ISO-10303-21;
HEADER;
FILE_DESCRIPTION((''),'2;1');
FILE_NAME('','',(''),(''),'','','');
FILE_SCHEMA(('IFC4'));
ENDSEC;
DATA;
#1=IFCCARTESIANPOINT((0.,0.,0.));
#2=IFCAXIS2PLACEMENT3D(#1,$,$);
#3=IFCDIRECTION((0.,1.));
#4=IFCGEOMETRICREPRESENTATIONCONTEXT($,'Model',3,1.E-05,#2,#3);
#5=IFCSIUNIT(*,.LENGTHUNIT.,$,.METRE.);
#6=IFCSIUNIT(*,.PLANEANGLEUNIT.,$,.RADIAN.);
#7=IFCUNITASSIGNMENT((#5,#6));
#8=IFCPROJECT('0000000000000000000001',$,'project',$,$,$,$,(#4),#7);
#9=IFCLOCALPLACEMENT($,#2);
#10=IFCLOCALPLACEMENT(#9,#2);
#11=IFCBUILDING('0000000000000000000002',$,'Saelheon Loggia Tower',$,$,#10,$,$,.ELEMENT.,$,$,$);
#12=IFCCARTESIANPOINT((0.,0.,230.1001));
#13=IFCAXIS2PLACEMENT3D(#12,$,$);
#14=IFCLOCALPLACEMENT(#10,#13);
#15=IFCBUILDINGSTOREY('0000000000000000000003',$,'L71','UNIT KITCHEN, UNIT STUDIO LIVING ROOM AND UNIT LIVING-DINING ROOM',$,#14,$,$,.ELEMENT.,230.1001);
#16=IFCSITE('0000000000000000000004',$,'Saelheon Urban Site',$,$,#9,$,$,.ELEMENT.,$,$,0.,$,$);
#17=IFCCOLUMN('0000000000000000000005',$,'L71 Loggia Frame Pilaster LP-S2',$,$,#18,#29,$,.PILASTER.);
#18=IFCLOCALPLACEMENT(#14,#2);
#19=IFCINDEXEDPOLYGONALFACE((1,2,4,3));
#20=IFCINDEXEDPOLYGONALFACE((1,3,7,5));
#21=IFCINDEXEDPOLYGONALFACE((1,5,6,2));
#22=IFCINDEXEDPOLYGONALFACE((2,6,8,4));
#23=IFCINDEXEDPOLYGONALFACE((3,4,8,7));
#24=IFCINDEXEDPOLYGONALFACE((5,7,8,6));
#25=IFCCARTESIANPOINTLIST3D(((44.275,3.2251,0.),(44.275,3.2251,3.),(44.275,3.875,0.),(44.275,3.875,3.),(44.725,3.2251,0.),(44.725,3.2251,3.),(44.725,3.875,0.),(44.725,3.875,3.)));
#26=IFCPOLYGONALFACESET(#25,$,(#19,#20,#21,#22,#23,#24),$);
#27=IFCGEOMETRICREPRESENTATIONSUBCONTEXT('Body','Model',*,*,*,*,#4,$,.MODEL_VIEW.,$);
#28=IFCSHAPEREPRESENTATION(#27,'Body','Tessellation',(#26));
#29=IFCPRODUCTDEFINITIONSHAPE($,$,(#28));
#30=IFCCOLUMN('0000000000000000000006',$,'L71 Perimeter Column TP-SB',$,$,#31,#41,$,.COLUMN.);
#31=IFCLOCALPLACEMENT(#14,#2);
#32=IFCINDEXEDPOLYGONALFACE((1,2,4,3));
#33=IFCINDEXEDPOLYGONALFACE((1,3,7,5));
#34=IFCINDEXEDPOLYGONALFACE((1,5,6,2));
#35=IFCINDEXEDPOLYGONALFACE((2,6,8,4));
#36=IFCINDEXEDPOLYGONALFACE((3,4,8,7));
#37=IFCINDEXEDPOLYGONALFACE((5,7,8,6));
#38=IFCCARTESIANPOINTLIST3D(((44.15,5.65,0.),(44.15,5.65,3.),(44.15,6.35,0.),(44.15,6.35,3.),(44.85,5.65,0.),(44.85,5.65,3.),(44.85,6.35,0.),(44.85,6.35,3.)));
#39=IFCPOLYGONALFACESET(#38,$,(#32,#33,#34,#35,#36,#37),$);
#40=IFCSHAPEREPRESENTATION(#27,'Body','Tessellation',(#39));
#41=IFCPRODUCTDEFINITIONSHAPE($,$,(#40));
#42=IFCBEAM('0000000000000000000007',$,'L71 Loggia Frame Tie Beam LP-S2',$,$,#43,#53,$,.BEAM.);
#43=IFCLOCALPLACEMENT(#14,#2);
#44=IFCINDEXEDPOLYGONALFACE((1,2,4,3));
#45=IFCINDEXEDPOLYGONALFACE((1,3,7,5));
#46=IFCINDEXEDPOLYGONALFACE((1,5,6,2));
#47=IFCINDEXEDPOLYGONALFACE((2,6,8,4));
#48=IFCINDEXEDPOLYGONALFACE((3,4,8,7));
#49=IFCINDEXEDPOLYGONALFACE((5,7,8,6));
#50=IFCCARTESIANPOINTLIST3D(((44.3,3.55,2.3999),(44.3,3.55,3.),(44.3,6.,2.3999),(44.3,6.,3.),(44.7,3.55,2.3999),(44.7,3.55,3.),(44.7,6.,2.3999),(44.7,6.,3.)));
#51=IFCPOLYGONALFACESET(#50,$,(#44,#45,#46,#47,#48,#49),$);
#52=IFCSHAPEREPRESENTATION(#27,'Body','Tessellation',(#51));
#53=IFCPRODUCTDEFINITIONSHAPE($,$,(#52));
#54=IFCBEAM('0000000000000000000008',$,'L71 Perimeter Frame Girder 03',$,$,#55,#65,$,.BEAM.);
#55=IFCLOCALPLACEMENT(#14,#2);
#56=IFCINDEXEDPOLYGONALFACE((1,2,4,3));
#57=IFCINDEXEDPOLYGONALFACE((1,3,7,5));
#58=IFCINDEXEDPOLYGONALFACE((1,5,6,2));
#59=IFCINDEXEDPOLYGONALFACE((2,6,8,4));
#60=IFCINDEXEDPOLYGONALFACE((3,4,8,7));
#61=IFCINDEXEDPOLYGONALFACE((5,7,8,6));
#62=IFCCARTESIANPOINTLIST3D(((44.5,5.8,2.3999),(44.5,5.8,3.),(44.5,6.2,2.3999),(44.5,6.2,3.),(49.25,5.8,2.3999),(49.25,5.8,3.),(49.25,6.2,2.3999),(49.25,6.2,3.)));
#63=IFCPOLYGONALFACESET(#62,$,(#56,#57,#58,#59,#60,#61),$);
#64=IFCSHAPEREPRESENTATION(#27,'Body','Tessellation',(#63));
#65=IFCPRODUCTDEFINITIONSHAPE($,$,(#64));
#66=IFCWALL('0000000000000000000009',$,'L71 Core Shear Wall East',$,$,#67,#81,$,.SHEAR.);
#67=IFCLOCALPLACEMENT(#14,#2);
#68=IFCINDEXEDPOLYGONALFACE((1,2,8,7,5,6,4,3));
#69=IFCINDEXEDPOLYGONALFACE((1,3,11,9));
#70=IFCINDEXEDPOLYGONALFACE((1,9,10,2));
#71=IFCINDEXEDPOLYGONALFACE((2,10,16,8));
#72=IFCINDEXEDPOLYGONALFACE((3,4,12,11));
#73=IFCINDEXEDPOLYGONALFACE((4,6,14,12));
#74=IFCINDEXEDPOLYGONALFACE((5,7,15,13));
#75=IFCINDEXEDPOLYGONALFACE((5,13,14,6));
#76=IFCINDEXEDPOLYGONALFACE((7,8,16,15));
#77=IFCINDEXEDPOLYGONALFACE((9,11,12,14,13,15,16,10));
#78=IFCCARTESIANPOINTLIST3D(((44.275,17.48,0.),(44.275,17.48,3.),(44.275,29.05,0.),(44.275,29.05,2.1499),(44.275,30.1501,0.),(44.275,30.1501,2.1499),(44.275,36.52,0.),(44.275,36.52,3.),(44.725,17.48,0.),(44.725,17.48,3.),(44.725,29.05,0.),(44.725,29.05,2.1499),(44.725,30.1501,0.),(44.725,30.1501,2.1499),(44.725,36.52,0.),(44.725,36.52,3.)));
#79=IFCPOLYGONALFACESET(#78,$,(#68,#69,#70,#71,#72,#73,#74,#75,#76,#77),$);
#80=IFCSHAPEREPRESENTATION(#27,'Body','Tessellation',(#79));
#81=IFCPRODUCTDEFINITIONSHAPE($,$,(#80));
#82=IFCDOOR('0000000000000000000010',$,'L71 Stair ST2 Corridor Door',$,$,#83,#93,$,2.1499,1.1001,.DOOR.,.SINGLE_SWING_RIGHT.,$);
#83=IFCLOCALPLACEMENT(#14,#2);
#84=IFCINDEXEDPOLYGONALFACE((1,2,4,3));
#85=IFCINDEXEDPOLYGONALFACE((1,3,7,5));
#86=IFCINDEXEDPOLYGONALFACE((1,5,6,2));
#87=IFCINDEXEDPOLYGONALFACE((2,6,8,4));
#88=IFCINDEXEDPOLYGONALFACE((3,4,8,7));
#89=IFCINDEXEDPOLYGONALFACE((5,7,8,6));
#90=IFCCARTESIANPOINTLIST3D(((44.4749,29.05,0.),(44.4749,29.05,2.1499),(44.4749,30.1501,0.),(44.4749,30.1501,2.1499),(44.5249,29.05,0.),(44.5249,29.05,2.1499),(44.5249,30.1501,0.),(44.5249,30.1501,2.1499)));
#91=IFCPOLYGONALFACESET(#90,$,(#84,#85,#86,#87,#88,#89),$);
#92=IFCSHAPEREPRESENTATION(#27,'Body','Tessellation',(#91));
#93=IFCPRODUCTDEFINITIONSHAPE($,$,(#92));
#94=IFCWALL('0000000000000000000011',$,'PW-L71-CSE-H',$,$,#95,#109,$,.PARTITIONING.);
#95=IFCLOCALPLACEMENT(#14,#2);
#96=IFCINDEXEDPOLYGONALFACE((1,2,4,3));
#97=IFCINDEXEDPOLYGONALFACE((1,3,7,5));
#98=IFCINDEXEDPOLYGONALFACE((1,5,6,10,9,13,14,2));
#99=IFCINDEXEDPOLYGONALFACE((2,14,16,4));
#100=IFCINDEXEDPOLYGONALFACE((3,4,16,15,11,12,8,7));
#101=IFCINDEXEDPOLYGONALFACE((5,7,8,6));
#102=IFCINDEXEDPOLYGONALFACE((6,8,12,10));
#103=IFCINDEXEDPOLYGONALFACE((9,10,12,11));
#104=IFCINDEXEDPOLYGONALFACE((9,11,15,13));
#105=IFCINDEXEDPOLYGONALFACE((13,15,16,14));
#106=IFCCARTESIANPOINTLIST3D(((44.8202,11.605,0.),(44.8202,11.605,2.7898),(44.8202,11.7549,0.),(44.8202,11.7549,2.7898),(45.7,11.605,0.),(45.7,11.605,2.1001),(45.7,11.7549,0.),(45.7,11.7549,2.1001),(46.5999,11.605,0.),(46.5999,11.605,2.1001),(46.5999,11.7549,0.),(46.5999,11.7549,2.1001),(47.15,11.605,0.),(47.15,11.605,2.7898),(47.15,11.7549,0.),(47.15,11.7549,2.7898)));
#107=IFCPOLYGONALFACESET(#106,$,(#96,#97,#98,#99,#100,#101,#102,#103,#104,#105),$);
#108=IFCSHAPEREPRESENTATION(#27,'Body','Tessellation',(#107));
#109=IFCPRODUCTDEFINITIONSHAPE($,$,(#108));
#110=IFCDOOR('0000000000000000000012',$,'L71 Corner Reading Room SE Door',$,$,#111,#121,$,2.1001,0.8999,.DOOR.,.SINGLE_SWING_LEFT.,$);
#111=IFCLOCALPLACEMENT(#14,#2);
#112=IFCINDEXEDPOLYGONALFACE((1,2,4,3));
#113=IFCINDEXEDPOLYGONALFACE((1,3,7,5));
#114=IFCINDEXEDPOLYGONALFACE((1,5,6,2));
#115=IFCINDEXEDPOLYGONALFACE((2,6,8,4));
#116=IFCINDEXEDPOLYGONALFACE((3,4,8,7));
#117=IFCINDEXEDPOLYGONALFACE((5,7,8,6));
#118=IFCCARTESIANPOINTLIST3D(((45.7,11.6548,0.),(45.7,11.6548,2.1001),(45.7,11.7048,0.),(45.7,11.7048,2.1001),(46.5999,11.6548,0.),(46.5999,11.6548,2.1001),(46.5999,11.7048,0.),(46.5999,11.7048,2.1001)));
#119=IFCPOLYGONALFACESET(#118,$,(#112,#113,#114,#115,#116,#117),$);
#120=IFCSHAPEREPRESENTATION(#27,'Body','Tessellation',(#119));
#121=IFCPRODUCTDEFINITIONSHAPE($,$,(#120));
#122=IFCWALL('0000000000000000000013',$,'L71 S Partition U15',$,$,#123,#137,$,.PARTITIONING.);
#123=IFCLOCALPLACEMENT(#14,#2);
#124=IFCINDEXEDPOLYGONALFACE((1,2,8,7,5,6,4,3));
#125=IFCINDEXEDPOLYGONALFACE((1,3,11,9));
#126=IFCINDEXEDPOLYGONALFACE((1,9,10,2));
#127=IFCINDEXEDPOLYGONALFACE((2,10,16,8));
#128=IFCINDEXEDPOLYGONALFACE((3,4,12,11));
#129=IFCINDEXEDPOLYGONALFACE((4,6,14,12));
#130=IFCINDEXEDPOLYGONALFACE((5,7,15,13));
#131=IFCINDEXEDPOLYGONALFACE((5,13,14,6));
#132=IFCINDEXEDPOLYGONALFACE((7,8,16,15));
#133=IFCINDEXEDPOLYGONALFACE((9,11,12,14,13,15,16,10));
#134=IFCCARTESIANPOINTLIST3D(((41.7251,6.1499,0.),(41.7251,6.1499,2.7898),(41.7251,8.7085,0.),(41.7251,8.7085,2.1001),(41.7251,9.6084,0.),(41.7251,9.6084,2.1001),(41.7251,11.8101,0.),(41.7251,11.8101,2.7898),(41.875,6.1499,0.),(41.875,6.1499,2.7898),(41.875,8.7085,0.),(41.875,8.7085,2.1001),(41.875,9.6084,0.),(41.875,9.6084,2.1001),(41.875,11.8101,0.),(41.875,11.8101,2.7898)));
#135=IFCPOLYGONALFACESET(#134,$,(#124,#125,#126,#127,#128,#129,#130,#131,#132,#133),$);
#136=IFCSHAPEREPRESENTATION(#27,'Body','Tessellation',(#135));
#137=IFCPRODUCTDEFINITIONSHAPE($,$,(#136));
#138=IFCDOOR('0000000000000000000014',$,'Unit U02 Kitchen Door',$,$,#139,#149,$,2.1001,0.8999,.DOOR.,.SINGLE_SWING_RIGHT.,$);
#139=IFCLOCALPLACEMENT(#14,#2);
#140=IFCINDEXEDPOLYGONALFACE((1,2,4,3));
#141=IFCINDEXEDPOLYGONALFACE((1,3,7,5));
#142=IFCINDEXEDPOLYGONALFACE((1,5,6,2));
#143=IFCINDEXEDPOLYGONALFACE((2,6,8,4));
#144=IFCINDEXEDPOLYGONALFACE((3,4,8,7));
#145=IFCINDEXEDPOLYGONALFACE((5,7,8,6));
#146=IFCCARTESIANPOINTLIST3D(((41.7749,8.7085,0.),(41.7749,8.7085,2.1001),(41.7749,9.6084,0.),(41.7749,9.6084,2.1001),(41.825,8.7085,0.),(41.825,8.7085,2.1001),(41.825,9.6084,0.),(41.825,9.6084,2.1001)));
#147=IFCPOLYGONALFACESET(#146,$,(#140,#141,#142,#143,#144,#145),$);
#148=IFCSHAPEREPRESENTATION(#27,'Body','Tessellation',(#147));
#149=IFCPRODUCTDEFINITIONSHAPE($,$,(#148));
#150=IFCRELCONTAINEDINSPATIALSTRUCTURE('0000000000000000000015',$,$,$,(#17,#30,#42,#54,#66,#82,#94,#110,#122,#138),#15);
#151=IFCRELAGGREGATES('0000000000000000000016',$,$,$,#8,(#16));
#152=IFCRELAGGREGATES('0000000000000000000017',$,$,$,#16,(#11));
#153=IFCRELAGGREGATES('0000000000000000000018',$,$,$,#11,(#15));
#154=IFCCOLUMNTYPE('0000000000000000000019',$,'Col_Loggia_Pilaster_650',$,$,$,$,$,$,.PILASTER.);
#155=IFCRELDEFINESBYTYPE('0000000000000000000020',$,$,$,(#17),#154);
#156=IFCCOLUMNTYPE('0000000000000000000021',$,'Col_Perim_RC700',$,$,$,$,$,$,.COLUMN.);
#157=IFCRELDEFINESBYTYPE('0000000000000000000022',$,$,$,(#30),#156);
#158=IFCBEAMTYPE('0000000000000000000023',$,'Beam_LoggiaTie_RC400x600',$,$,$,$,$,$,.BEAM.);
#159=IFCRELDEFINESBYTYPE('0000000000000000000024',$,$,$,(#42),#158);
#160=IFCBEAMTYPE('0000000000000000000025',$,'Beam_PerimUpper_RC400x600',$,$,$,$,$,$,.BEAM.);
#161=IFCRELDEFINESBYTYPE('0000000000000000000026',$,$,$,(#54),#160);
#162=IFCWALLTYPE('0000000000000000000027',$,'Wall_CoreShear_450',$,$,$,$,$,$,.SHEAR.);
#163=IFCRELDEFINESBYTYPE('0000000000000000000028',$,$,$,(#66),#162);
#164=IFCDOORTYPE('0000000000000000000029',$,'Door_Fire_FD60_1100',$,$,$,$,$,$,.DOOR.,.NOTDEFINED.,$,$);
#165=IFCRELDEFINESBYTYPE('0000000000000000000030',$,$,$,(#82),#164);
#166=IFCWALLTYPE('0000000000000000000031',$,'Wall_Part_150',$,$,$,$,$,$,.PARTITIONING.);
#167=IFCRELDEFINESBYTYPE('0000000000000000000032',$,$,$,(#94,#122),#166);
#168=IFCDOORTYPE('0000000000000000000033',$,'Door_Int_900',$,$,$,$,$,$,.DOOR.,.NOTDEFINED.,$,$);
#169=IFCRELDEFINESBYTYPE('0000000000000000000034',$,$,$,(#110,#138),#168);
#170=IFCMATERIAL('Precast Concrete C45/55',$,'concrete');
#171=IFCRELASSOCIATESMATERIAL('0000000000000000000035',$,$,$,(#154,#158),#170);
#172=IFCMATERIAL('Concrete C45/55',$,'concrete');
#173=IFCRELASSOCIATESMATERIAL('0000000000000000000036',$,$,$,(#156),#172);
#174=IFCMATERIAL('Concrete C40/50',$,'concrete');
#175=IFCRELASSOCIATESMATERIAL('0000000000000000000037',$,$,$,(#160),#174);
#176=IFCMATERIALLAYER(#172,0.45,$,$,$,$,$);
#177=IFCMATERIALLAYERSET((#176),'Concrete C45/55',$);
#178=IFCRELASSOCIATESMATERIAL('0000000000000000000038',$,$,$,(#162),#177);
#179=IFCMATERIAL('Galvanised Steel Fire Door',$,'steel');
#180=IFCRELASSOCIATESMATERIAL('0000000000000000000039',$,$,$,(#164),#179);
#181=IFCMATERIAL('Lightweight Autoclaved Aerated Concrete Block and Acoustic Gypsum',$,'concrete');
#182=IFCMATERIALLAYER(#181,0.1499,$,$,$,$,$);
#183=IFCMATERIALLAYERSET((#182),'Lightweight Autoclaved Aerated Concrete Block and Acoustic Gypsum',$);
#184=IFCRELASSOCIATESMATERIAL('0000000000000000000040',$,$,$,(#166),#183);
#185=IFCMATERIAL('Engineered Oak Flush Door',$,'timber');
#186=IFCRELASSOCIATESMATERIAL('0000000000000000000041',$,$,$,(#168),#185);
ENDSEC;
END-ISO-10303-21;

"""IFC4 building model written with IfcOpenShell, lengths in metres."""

from ifc_helpers import new_model, si_unit, direction, frame, frame_2d, origin, origin_2d, place, context, subcontext, project, spatial, rectangle, extrude, source, transform, mapped, material, layer, layer_set, material_profile, profile_set, type_object, element, fill, save


model = new_model("IFC4")

# Units and contexts
model_context = context("Model", 3, precision=1e-05, world=origin(), true_north=direction((0.0, 1.0)))
body_context = subcontext(model_context, "Body", "Model", "MODEL_VIEW")
ifc_project = project(units=[si_unit("LENGTHUNIT", "METRE"), si_unit("PLANEANGLEUNIT", "RADIAN")], contexts=[model_context])

# Site, building, storey
site_placement = place(None, origin())
site = spatial("IfcSite", under=ifc_project, at=site_placement, Name="Saelheon Urban Site", CompositionType="ELEMENT", RefElevation=0.0)
building_placement = place(site_placement, origin())
building = spatial("IfcBuilding", under=site, at=building_placement, Name="Saelheon Loggia Tower", CompositionType="ELEMENT")
storey_placement = place(building_placement, frame((0.0, 0.0, 230.1001)))
storey = spatial("IfcBuildingStorey", under=building, at=storey_placement, Name="L71", Description="UNIT KITCHEN, UNIT STUDIO LIVING ROOM AND UNIT LIVING-DINING ROOM", CompositionType="ELEMENT", Elevation=230.1001)

# Columns
ifc_material_1 = material(Name="Precast Concrete C45/55", Category="concrete")
ifc_material_profile_1 = material_profile(ifc_material_1, rectangle(XDim=0.45, YDim=0.6499, at=origin_2d()), Name="RC-450x650")
ifc_profile_set_1 = profile_set([ifc_material_profile_1], Name="Precast Concrete C45/55")
column_type_1 = type_object("IfcColumnType", Name="Col_Loggia_Pilaster_650", PredefinedType="PILASTER", material=ifc_profile_set_1)
shared_shape_1 = source(origin(), body_context, "Body", "SweptSolid", [
    extrude(rectangle(XDim=0.45, YDim=0.6499, at=origin_2d()), origin(), (0.0, 0.0, 1.0), 3.0),
])
column_1_placement = place(storey_placement, frame((44.5, 3.55, 0.0), z_axis=(0.0, 0.0, 1.0), x_axis=(1.0, 0.0, 0.0)))
element("IfcColumn", 1, at=column_1_placement, inside=storey, type_object=column_type_1, Name="L71 Loggia Frame Pilaster LP-S2", PredefinedType="PILASTER", context=body_context, shape_type="MappedRepresentation", body=[
    mapped(shared_shape_1, transform((0.0, 0.0, 0.0), scale=1.0)),
])
ifc_material_2 = material(Name="Concrete C45/55", Category="concrete")
ifc_material_profile_2 = material_profile(ifc_material_2, rectangle(XDim=0.7, YDim=0.7, at=origin_2d()), Name="RC-700x700")
ifc_profile_set_2 = profile_set([ifc_material_profile_2], Name="Concrete C45/55")
column_type_2 = type_object("IfcColumnType", Name="Col_Perim_RC700", PredefinedType="COLUMN", material=ifc_profile_set_2)
shared_shape_2 = source(origin(), body_context, "Body", "SweptSolid", [
    extrude(rectangle(XDim=0.7, YDim=0.7, at=origin_2d()), origin(), (0.0, 0.0, 1.0), 3.0),
])
column_2_placement = place(storey_placement, frame((44.5, 6.0, 0.0), z_axis=(0.0, 0.0, 1.0), x_axis=(1.0, 0.0, 0.0)))
element("IfcColumn", 2, at=column_2_placement, inside=storey, type_object=column_type_2, Name="L71 Perimeter Column TP-SB", PredefinedType="COLUMN", context=body_context, shape_type="MappedRepresentation", body=[
    mapped(shared_shape_2, transform((0.0, 0.0, 0.0), scale=1.0)),
])

# Beams
ifc_material_profile_3 = material_profile(ifc_material_1, rectangle(XDim=0.3999, YDim=0.6001, at=origin_2d()), Name="RC-400x600")
ifc_profile_set_3 = profile_set([ifc_material_profile_3], Name="Precast Concrete C45/55")
beam_type_1 = type_object("IfcBeamType", Name="Beam_LoggiaTie_RC400x600", PredefinedType="BEAM", material=ifc_profile_set_3)
shared_shape_3 = source(origin(), body_context, "Body", "SweptSolid", [
    extrude(rectangle(XDim=0.3999, YDim=0.6001, at=origin_2d()), origin(), (0.0, 0.0, 1.0), 2.45),
])
beam_1_placement = place(storey_placement, frame((44.5, 6.0, 2.7), z_axis=(0.0, -1.0, 0.0), x_axis=(1.0, 0.0, 0.0)))
element("IfcBeam", 3, at=beam_1_placement, inside=storey, type_object=beam_type_1, Name="L71 Loggia Frame Tie Beam LP-S2", PredefinedType="BEAM", context=body_context, shape_type="MappedRepresentation", body=[
    mapped(shared_shape_3, transform((0.0, 0.0, 0.0), scale=1.0)),
])
ifc_material_3 = material(Name="Concrete C40/50", Category="concrete")
ifc_material_profile_4 = material_profile(ifc_material_3, rectangle(XDim=0.3999, YDim=0.6001, at=origin_2d()), Name="RC-400x600")
ifc_profile_set_4 = profile_set([ifc_material_profile_4], Name="Concrete C40/50")
beam_type_2 = type_object("IfcBeamType", Name="Beam_PerimUpper_RC400x600", PredefinedType="BEAM", material=ifc_profile_set_4)
shared_shape_4 = source(origin(), body_context, "Body", "SweptSolid", [
    extrude(rectangle(XDim=0.3999, YDim=0.6001, at=origin_2d()), origin(), (0.0, 0.0, 1.0), 4.75),
])
beam_2_placement = place(storey_placement, frame((44.5, 6.0, 2.7), z_axis=(1.0, 0.0, 0.0), x_axis=(0.0, 1.0, 0.0)))
element("IfcBeam", 4, at=beam_2_placement, inside=storey, type_object=beam_type_2, Name="L71 Perimeter Frame Girder 03", PredefinedType="BEAM", context=body_context, shape_type="MappedRepresentation", body=[
    mapped(shared_shape_4, transform((0.0, 0.0, 0.0), scale=1.0)),
])

# Walls, openings, doors
ifc_layer_1 = layer(ifc_material_2, 0.45)
ifc_layer_set_1 = layer_set([ifc_layer_1], Name="Concrete C45/55")
wall_type_1 = type_object("IfcWallType", Name="Wall_CoreShear_450", PredefinedType="SHEAR", material=ifc_layer_set_1)
wall_1_placement = place(storey_placement, frame((44.5, 17.48, 0.0), z_axis=(0.0, 0.0, 1.0), x_axis=(0.0, 1.0, 0.0)))
wall_1 = element("IfcWall", 5, at=wall_1_placement, inside=storey, type_object=wall_type_1, Name="L71 Core Shear Wall East", PredefinedType="SHEAR", context=body_context, shape_type="SweptSolid", body=[
    extrude(rectangle(XDim=19.04, YDim=0.45, at=frame_2d((9.52, 0.0))), origin(), (0.0, 0.0, 1.0), 3.0),
])
opening_1_placement = place(wall_1_placement, frame((12.6702, 0.0, 0.0), z_axis=(0.0, 0.0, 1.0), x_axis=(-1.0, 0.0, 0.0)))
opening_1 = element("IfcOpeningElement", 6, at=opening_1_placement, cuts=wall_1, PredefinedType="OPENING", context=body_context, shape_type="SweptSolid", body=[
    extrude(rectangle(XDim=1.1001, YDim=2.1499, at=frame_2d((0.55, 1.075))), frame((0.0, 0.2371, 0.0), z_axis=(0.0, -1.0, 0.0), x_axis=(1.0, 0.0, 0.0)), (0.0, 0.0, 1.0), 0.4739),
])
ifc_material_4 = material(Name="Galvanised Steel Fire Door", Category="steel")
door_type_1 = type_object("IfcDoorType", Name="Door_Fire_FD60_1100", OperationType="NOTDEFINED", PredefinedType="DOOR", material=ifc_material_4)
shared_shape_5 = source(origin(), body_context, "Body", "SweptSolid", [
    extrude(rectangle(XDim=1.1001, YDim=2.1499, at=frame_2d((0.55, 1.075))), frame((0.0, 0.0249, 0.0), z_axis=(0.0, -1.0, 0.0), x_axis=(1.0, 0.0, 0.0)), (0.0, 0.0, 1.0), 0.05),
])
door_1_placement = place(opening_1_placement, origin())
door_1 = element("IfcDoor", 7, at=door_1_placement, inside=storey, type_object=door_type_1, Name="L71 Stair ST2 Corridor Door", OperationType="SINGLE_SWING_RIGHT", OverallHeight=2.1499, OverallWidth=1.1001, PredefinedType="DOOR", context=body_context, shape_type="MappedRepresentation", body=[
    mapped(shared_shape_5, transform((0.0, 0.0, 0.0), scale=1.0)),
])
fill(opening_1, door_1)
ifc_material_5 = material(Name="Lightweight Autoclaved Aerated Concrete Block and Acoustic Gypsum", Category="concrete")
ifc_layer_2 = layer(ifc_material_5, 0.1499)
ifc_layer_set_2 = layer_set([ifc_layer_2], Name="Lightweight Autoclaved Aerated Concrete Block and Acoustic Gypsum")
wall_type_2 = type_object("IfcWallType", Name="Wall_Part_150", PredefinedType="PARTITIONING", material=ifc_layer_set_2)
wall_2_placement = place(storey_placement, frame((44.8201, 11.6799, 0.0), z_axis=(0.0, 0.0, 1.0), x_axis=(1.0, 0.0, 0.0)))
wall_2 = element("IfcWall", 8, at=wall_2_placement, inside=storey, type_object=wall_type_2, Name="PW-L71-CSE-H", PredefinedType="PARTITIONING", context=body_context, shape_type="SweptSolid", body=[
    extrude(rectangle(XDim=2.3298, YDim=0.1499, at=frame_2d((1.165, 0.0))), origin(), (0.0, 0.0, 1.0), 2.7898),
])
opening_2_placement = place(wall_2_placement, frame((0.8799, 0.0, 0.0)))
opening_2 = element("IfcOpeningElement", 9, at=opening_2_placement, cuts=wall_2, PredefinedType="OPENING", context=body_context, shape_type="SweptSolid", body=[
    extrude(rectangle(XDim=0.8999, YDim=2.1001, at=frame_2d((0.45, 1.05))), frame((0.0, 0.0869, 0.0), z_axis=(0.0, -1.0, 0.0), x_axis=(1.0, 0.0, 0.0)), (0.0, 0.0, 1.0), 0.1738),
])
ifc_material_6 = material(Name="Engineered Oak Flush Door", Category="timber")
door_type_2 = type_object("IfcDoorType", Name="Door_Int_900", OperationType="NOTDEFINED", PredefinedType="DOOR", material=ifc_material_6)
shared_shape_6 = source(origin(), body_context, "Body", "SweptSolid", [
    extrude(rectangle(XDim=0.8999, YDim=2.1001, at=frame_2d((0.45, 1.05))), frame((0.0, 0.0249, 0.0), z_axis=(0.0, -1.0, 0.0), x_axis=(1.0, 0.0, 0.0)), (0.0, 0.0, 1.0), 0.05),
])
door_2_placement = place(opening_2_placement, origin())
door_2 = element("IfcDoor", 10, at=door_2_placement, inside=storey, type_object=door_type_2, Name="L71 Corner Reading Room SE Door", OperationType="SINGLE_SWING_LEFT", OverallHeight=2.1001, OverallWidth=0.8999, PredefinedType="DOOR", context=body_context, shape_type="MappedRepresentation", body=[
    mapped(shared_shape_6, transform((0.0, 0.0, 0.0), scale=1.0)),
])
fill(opening_2, door_2)
wall_3_placement = place(storey_placement, frame((41.8, 11.8101, 0.0), z_axis=(0.0, 0.0, 1.0), x_axis=(0.0, -1.0, 0.0)))
wall_3 = element("IfcWall", 11, at=wall_3_placement, inside=storey, type_object=wall_type_2, Name="L71 S Partition U15", PredefinedType="PARTITIONING", context=body_context, shape_type="SweptSolid", body=[
    extrude(rectangle(XDim=5.6602, YDim=0.1499, at=frame_2d((2.8301, 0.0))), origin(), (0.0, 0.0, 1.0), 2.7898),
])
opening_3_placement = place(wall_3_placement, frame((2.2017, 0.0, 0.0)))
opening_3 = element("IfcOpeningElement", 12, at=opening_3_placement, cuts=wall_3, PredefinedType="OPENING", context=body_context, shape_type="SweptSolid", body=[
    extrude(rectangle(XDim=0.8999, YDim=2.1001, at=frame_2d((0.45, 1.05))), frame((0.0, 0.0869, 0.0), z_axis=(0.0, -1.0, 0.0), x_axis=(1.0, 0.0, 0.0)), (0.0, 0.0, 1.0), 0.1738),
])
door_3_placement = place(opening_3_placement, origin())
door_3 = element("IfcDoor", 13, at=door_3_placement, inside=storey, type_object=door_type_2, Name="Unit U02 Kitchen Door", OperationType="SINGLE_SWING_RIGHT", OverallHeight=2.1001, OverallWidth=0.8999, PredefinedType="DOOR", context=body_context, shape_type="MappedRepresentation", body=[
    mapped(shared_shape_6, transform((0.0, 0.0, 0.0), scale=1.0)),
])
fill(opening_3, door_3)

save(model, "model.ifc")
